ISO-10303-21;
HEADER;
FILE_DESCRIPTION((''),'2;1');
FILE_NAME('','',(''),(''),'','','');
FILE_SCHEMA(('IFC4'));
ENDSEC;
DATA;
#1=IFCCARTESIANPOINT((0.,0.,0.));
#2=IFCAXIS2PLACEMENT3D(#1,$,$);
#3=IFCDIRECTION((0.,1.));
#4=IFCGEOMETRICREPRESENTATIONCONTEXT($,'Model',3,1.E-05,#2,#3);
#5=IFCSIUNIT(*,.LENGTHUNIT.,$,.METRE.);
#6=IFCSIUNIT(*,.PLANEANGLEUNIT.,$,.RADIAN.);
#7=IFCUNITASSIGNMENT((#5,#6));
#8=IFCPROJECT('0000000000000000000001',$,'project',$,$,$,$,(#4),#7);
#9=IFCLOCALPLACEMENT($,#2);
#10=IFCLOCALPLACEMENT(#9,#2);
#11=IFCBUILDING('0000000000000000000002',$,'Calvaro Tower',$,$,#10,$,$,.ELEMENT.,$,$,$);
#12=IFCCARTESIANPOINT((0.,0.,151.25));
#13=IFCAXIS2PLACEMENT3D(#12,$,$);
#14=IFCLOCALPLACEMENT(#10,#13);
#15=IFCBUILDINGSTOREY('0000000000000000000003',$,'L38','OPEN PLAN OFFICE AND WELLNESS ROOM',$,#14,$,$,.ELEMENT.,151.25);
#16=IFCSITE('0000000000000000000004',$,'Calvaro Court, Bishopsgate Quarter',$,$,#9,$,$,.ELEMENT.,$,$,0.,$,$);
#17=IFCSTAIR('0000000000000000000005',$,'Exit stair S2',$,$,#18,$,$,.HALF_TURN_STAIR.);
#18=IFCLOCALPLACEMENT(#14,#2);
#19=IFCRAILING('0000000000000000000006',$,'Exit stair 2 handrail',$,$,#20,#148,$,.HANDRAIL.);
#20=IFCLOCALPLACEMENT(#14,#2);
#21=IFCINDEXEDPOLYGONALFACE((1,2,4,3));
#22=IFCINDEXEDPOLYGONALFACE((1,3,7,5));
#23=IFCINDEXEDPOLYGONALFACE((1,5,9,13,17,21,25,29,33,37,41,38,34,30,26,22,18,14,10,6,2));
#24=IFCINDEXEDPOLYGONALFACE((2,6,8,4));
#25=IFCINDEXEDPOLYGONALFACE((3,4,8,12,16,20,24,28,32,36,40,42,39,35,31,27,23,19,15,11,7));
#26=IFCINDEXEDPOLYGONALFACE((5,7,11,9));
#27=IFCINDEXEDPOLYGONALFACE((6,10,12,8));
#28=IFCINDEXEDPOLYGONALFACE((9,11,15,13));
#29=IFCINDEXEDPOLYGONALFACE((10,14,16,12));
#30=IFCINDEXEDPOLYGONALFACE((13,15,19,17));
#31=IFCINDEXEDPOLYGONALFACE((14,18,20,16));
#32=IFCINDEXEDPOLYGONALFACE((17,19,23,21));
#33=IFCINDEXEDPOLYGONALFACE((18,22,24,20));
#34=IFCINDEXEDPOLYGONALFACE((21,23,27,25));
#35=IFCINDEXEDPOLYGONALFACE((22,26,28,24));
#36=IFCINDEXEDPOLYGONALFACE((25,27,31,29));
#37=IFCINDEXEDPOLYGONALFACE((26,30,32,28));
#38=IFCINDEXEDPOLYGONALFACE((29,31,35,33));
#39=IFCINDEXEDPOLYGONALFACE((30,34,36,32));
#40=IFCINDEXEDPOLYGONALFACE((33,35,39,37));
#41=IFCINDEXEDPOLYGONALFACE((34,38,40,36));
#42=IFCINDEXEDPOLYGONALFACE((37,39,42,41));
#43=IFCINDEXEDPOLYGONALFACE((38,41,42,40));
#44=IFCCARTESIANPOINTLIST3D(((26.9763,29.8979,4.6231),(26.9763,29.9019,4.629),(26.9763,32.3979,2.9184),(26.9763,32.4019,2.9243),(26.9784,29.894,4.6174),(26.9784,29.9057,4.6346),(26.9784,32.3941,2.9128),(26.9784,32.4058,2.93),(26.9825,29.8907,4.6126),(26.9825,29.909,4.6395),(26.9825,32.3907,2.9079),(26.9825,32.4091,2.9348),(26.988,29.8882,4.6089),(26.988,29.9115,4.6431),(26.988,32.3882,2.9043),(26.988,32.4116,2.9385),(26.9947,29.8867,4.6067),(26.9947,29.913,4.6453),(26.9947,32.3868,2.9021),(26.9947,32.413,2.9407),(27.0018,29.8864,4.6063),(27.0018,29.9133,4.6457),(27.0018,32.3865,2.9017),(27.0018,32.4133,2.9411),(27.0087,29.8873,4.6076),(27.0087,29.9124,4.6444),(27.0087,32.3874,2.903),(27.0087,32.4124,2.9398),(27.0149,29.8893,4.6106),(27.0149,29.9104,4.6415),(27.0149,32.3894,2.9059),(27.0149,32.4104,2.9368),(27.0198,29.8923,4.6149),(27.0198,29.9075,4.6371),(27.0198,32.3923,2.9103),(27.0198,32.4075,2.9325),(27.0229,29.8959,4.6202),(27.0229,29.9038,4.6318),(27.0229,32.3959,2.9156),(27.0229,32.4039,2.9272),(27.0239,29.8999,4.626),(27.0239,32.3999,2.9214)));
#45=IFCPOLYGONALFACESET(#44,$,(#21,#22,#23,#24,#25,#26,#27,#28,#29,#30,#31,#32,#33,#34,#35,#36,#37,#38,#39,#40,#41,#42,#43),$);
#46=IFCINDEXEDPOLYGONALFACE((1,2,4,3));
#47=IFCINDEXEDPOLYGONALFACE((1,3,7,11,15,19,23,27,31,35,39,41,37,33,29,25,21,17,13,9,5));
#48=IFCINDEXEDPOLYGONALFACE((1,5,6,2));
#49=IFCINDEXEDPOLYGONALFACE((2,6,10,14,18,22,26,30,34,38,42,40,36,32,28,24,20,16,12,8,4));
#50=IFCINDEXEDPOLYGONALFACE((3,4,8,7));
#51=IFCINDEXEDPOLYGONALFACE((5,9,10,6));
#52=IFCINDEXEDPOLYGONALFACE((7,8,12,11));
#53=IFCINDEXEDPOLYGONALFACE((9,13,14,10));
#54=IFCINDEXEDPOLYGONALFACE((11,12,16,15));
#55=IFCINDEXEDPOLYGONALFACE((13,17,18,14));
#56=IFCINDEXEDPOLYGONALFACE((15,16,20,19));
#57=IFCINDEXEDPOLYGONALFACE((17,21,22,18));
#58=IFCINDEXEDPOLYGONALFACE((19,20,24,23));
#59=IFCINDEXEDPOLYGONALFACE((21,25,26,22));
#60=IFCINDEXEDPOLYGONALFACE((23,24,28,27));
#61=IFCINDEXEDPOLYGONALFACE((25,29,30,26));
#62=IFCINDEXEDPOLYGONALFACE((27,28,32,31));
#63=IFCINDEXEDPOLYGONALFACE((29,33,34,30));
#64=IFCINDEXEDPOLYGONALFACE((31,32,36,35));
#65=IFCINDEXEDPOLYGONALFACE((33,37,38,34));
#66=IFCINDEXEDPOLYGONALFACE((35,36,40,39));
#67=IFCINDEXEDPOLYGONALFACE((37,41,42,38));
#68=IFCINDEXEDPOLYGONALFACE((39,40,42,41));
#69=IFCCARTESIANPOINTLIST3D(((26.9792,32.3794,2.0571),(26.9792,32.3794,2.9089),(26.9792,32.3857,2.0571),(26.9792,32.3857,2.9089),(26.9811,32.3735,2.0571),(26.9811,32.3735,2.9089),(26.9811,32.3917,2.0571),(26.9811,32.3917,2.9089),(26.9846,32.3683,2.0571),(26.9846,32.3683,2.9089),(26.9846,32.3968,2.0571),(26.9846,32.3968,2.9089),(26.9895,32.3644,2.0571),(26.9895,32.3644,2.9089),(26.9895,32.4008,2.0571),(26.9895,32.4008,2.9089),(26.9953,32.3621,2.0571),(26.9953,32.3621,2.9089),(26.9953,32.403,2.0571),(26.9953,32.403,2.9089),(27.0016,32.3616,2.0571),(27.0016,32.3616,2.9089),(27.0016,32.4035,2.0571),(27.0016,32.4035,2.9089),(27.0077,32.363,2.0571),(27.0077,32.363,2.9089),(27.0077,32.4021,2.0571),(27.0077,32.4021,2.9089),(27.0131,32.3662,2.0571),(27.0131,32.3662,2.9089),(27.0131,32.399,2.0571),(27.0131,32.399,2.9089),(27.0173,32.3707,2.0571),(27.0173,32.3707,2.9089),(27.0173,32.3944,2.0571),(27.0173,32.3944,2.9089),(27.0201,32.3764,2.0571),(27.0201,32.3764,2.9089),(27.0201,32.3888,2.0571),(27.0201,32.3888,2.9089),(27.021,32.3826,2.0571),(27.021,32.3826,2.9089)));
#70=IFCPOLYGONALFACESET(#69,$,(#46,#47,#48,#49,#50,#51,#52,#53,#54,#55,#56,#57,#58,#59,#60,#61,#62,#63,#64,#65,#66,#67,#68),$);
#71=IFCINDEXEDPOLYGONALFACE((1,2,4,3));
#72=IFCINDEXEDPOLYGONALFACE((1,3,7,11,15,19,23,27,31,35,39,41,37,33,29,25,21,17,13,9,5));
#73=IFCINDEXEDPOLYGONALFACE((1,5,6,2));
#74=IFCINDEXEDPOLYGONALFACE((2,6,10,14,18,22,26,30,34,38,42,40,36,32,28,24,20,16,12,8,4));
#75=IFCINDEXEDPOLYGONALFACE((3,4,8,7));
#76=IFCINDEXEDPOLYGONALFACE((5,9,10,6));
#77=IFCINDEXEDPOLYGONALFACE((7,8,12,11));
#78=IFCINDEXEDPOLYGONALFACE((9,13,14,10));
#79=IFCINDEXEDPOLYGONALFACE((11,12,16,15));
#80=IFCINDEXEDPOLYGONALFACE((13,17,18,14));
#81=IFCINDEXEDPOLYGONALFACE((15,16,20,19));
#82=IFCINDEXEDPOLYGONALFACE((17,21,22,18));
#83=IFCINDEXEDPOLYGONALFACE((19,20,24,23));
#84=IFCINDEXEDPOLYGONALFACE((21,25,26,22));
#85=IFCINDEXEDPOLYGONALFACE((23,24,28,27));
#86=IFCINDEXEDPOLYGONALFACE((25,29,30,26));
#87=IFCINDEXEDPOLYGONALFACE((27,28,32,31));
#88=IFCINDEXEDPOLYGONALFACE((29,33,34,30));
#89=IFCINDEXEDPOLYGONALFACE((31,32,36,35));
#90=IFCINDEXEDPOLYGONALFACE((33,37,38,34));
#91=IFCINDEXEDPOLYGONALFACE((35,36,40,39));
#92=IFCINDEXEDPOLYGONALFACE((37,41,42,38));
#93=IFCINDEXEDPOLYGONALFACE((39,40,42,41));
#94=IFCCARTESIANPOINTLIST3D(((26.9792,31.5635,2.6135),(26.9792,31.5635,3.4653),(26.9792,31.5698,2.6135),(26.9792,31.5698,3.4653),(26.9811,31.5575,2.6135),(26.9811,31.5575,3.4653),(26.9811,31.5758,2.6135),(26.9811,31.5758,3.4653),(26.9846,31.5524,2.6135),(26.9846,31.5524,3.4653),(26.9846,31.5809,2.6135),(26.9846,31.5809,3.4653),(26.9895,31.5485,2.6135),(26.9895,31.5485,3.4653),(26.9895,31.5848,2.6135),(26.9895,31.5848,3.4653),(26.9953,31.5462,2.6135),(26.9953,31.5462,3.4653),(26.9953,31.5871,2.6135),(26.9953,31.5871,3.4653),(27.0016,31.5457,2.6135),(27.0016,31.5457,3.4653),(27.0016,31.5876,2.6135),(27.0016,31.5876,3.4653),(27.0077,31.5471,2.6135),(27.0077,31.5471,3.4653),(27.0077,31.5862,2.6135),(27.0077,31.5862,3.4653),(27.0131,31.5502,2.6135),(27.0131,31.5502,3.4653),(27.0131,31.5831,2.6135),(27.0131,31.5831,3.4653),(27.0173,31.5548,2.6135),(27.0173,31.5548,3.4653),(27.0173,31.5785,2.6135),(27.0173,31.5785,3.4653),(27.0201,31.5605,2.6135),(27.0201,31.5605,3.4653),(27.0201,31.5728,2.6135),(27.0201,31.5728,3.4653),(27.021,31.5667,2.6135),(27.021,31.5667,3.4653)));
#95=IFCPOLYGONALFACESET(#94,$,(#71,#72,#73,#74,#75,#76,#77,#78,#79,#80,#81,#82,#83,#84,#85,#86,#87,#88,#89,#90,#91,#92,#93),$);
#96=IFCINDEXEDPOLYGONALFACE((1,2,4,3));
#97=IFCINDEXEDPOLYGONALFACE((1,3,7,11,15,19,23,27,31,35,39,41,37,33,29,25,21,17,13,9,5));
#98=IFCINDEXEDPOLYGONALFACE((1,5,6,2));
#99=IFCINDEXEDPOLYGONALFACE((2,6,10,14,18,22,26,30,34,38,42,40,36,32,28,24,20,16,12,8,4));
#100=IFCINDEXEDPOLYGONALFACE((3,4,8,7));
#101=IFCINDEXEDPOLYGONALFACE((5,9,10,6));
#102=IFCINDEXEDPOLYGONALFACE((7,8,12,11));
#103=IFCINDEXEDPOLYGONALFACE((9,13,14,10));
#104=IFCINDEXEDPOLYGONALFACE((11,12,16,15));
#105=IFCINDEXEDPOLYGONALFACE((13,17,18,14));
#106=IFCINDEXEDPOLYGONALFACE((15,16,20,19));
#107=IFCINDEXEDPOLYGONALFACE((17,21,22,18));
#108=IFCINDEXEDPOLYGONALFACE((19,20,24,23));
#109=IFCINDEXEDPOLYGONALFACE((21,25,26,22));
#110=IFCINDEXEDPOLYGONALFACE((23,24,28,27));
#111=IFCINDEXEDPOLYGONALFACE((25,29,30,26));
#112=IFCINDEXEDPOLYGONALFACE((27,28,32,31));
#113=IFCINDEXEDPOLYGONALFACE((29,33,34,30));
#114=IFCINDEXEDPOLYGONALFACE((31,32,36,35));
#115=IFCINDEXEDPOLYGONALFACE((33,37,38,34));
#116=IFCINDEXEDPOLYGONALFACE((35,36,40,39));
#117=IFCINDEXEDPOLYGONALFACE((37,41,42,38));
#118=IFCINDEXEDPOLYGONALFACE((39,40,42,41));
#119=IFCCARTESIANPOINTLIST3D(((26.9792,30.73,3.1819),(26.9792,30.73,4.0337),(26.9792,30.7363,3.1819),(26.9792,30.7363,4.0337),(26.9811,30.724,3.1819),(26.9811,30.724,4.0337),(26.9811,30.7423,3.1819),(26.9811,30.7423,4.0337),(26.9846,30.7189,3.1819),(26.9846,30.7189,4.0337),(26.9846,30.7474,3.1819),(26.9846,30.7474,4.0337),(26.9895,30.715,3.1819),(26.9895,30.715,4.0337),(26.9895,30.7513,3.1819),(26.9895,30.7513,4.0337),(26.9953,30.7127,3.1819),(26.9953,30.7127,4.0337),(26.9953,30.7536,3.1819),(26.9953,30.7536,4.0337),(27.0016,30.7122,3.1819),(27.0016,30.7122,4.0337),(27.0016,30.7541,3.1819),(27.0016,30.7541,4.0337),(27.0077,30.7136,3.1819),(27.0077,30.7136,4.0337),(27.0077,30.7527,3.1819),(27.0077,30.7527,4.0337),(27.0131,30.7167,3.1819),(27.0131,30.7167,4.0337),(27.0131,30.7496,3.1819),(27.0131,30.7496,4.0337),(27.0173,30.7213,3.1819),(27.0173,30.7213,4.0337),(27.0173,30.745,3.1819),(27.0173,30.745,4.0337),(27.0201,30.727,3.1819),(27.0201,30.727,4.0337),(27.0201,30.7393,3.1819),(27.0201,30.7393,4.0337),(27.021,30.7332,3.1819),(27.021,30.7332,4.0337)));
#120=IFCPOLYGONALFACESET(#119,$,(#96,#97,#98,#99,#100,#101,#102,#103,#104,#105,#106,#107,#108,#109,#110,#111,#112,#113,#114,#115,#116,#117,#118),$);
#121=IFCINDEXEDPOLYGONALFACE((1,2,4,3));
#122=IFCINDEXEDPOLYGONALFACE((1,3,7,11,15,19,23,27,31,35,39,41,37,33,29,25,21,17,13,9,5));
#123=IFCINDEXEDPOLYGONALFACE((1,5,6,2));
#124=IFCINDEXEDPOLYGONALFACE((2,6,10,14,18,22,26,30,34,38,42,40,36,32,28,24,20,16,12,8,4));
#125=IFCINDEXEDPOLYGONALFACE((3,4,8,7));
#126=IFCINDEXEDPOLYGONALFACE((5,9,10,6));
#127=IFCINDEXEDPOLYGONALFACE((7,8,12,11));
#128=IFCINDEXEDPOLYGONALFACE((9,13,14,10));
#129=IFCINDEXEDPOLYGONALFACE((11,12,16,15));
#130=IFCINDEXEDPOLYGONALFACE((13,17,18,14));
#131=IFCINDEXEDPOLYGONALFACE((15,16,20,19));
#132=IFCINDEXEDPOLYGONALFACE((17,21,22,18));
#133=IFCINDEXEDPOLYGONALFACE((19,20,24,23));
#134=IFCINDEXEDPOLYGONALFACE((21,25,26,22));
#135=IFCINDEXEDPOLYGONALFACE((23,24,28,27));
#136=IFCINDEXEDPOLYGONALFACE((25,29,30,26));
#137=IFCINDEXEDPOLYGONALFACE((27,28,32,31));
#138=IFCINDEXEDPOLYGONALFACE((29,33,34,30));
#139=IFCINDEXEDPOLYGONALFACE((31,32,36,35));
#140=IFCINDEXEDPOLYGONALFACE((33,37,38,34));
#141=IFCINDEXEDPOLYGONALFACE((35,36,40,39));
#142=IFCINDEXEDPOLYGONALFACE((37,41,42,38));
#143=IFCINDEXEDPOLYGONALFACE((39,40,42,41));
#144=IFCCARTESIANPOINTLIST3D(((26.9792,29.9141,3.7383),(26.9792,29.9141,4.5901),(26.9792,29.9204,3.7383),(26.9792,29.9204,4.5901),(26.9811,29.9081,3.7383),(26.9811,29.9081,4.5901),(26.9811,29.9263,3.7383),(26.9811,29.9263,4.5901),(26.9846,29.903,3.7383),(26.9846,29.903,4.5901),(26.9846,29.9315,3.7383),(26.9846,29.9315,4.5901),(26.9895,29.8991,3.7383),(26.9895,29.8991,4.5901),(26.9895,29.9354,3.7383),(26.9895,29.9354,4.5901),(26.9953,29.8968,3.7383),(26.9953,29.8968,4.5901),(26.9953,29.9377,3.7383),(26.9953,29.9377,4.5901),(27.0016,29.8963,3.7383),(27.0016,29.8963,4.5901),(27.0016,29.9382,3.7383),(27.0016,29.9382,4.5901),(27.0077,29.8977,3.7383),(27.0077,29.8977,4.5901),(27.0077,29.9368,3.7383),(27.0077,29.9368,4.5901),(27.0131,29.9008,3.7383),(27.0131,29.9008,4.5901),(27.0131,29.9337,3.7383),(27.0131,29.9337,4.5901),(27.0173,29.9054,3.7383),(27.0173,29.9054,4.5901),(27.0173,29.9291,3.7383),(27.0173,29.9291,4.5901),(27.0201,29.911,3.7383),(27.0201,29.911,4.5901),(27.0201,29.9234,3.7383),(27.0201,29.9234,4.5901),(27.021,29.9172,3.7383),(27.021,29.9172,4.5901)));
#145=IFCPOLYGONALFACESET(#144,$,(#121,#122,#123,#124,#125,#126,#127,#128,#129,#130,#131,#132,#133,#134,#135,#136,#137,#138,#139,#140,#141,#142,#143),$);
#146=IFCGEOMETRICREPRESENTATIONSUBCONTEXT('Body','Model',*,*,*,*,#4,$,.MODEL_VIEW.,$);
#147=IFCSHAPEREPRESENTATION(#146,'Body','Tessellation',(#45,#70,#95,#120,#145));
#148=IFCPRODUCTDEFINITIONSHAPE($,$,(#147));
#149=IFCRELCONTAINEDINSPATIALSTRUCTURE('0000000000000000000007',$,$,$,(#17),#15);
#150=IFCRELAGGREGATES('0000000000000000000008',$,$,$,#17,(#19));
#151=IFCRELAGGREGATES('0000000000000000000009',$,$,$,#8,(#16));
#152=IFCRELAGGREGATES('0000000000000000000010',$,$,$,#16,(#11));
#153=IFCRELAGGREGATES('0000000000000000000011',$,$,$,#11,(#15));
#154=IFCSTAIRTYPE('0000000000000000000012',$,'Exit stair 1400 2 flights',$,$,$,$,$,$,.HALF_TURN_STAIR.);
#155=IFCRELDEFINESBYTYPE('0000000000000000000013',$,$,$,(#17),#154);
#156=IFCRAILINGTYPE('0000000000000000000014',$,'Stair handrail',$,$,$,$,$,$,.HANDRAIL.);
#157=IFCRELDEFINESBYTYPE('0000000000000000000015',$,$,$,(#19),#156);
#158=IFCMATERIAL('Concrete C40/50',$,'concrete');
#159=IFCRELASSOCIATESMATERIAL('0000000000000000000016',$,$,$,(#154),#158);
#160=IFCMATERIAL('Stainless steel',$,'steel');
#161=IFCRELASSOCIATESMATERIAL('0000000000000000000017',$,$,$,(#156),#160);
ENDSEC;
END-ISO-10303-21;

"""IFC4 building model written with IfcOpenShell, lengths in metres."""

from ifc_helpers import new_model, si_unit, direction, frame, origin, origin_2d, place, context, subcontext, project, spatial, circle, extrude, material, type_object, element, aggregate, save


model = new_model("IFC4")

# Units and contexts
model_context = context("Model", 3, precision=1e-05, world=origin(), true_north=direction((0.0, 1.0)))
body_context = subcontext(model_context, "Body", "Model", "MODEL_VIEW")
ifc_project = project(units=[si_unit("LENGTHUNIT", "METRE"), si_unit("PLANEANGLEUNIT", "RADIAN")], contexts=[model_context])

# Site, building, storey
site_placement = place(None, origin())
site = spatial("IfcSite", under=ifc_project, at=site_placement, Name="Calvaro Court, Bishopsgate Quarter", CompositionType="ELEMENT", RefElevation=0.0)
building_placement = place(site_placement, origin())
building = spatial("IfcBuilding", under=site, at=building_placement, Name="Calvaro Tower", CompositionType="ELEMENT")
storey_placement = place(building_placement, frame((0.0, 0.0, 151.25)))
storey = spatial("IfcBuildingStorey", under=building, at=storey_placement, Name="L38", Description="OPEN PLAN OFFICE AND WELLNESS ROOM", CompositionType="ELEMENT", Elevation=151.25)

# Stair, railing
ifc_material_1 = material(Name="Concrete C40/50", Category="concrete")
stair_type = type_object("IfcStairType", Name="Exit stair 1400 2 flights", PredefinedType="HALF_TURN_STAIR", material=ifc_material_1)
stair_placement = place(storey_placement, origin())
stair = element("IfcStair", 1, at=stair_placement, inside=storey, type_object=stair_type, Name="Exit stair S2", PredefinedType="HALF_TURN_STAIR")
ifc_material_2 = material(Name="Stainless steel", Category="steel")
railing_type = type_object("IfcRailingType", Name="Stair handrail", PredefinedType="HANDRAIL", material=ifc_material_2)
railing_1_placement = place(storey_placement, frame((27.0, 32.3999, 2.0454)))
railing_1 = element("IfcRailing", 2, at=railing_1_placement, type_object=railing_type, Name="Exit stair 2 handrail", PredefinedType="HANDRAIL", context=body_context, shape_type="SweptSolid", body=[
    extrude(circle(Radius=0.0239, at=origin_2d()), frame((0.0, 0.0, 0.876), z_axis=(0.0, -0.826221, 0.563347), x_axis=(1.0, 0.0, 0.0)), (0.0, 0.0, 1.0), 3.0259),
    extrude(circle(Radius=0.021, at=origin_2d()), frame((0.0, -0.0173, 0.0117)), (0.0, 0.0, 1.0), 0.8518),
    extrude(circle(Radius=0.021, at=origin_2d()), frame((0.0, -0.8333, 0.5681)), (0.0, 0.0, 1.0), 0.8518),
    extrude(circle(Radius=0.021, at=origin_2d()), frame((0.0, -1.6667, 1.1365)), (0.0, 0.0, 1.0), 0.8518),
    extrude(circle(Radius=0.021, at=origin_2d()), frame((0.0, -2.4827, 1.6929)), (0.0, 0.0, 1.0), 0.8518),
])
aggregate(stair, [railing_1])

save(model, "model.ifc")
